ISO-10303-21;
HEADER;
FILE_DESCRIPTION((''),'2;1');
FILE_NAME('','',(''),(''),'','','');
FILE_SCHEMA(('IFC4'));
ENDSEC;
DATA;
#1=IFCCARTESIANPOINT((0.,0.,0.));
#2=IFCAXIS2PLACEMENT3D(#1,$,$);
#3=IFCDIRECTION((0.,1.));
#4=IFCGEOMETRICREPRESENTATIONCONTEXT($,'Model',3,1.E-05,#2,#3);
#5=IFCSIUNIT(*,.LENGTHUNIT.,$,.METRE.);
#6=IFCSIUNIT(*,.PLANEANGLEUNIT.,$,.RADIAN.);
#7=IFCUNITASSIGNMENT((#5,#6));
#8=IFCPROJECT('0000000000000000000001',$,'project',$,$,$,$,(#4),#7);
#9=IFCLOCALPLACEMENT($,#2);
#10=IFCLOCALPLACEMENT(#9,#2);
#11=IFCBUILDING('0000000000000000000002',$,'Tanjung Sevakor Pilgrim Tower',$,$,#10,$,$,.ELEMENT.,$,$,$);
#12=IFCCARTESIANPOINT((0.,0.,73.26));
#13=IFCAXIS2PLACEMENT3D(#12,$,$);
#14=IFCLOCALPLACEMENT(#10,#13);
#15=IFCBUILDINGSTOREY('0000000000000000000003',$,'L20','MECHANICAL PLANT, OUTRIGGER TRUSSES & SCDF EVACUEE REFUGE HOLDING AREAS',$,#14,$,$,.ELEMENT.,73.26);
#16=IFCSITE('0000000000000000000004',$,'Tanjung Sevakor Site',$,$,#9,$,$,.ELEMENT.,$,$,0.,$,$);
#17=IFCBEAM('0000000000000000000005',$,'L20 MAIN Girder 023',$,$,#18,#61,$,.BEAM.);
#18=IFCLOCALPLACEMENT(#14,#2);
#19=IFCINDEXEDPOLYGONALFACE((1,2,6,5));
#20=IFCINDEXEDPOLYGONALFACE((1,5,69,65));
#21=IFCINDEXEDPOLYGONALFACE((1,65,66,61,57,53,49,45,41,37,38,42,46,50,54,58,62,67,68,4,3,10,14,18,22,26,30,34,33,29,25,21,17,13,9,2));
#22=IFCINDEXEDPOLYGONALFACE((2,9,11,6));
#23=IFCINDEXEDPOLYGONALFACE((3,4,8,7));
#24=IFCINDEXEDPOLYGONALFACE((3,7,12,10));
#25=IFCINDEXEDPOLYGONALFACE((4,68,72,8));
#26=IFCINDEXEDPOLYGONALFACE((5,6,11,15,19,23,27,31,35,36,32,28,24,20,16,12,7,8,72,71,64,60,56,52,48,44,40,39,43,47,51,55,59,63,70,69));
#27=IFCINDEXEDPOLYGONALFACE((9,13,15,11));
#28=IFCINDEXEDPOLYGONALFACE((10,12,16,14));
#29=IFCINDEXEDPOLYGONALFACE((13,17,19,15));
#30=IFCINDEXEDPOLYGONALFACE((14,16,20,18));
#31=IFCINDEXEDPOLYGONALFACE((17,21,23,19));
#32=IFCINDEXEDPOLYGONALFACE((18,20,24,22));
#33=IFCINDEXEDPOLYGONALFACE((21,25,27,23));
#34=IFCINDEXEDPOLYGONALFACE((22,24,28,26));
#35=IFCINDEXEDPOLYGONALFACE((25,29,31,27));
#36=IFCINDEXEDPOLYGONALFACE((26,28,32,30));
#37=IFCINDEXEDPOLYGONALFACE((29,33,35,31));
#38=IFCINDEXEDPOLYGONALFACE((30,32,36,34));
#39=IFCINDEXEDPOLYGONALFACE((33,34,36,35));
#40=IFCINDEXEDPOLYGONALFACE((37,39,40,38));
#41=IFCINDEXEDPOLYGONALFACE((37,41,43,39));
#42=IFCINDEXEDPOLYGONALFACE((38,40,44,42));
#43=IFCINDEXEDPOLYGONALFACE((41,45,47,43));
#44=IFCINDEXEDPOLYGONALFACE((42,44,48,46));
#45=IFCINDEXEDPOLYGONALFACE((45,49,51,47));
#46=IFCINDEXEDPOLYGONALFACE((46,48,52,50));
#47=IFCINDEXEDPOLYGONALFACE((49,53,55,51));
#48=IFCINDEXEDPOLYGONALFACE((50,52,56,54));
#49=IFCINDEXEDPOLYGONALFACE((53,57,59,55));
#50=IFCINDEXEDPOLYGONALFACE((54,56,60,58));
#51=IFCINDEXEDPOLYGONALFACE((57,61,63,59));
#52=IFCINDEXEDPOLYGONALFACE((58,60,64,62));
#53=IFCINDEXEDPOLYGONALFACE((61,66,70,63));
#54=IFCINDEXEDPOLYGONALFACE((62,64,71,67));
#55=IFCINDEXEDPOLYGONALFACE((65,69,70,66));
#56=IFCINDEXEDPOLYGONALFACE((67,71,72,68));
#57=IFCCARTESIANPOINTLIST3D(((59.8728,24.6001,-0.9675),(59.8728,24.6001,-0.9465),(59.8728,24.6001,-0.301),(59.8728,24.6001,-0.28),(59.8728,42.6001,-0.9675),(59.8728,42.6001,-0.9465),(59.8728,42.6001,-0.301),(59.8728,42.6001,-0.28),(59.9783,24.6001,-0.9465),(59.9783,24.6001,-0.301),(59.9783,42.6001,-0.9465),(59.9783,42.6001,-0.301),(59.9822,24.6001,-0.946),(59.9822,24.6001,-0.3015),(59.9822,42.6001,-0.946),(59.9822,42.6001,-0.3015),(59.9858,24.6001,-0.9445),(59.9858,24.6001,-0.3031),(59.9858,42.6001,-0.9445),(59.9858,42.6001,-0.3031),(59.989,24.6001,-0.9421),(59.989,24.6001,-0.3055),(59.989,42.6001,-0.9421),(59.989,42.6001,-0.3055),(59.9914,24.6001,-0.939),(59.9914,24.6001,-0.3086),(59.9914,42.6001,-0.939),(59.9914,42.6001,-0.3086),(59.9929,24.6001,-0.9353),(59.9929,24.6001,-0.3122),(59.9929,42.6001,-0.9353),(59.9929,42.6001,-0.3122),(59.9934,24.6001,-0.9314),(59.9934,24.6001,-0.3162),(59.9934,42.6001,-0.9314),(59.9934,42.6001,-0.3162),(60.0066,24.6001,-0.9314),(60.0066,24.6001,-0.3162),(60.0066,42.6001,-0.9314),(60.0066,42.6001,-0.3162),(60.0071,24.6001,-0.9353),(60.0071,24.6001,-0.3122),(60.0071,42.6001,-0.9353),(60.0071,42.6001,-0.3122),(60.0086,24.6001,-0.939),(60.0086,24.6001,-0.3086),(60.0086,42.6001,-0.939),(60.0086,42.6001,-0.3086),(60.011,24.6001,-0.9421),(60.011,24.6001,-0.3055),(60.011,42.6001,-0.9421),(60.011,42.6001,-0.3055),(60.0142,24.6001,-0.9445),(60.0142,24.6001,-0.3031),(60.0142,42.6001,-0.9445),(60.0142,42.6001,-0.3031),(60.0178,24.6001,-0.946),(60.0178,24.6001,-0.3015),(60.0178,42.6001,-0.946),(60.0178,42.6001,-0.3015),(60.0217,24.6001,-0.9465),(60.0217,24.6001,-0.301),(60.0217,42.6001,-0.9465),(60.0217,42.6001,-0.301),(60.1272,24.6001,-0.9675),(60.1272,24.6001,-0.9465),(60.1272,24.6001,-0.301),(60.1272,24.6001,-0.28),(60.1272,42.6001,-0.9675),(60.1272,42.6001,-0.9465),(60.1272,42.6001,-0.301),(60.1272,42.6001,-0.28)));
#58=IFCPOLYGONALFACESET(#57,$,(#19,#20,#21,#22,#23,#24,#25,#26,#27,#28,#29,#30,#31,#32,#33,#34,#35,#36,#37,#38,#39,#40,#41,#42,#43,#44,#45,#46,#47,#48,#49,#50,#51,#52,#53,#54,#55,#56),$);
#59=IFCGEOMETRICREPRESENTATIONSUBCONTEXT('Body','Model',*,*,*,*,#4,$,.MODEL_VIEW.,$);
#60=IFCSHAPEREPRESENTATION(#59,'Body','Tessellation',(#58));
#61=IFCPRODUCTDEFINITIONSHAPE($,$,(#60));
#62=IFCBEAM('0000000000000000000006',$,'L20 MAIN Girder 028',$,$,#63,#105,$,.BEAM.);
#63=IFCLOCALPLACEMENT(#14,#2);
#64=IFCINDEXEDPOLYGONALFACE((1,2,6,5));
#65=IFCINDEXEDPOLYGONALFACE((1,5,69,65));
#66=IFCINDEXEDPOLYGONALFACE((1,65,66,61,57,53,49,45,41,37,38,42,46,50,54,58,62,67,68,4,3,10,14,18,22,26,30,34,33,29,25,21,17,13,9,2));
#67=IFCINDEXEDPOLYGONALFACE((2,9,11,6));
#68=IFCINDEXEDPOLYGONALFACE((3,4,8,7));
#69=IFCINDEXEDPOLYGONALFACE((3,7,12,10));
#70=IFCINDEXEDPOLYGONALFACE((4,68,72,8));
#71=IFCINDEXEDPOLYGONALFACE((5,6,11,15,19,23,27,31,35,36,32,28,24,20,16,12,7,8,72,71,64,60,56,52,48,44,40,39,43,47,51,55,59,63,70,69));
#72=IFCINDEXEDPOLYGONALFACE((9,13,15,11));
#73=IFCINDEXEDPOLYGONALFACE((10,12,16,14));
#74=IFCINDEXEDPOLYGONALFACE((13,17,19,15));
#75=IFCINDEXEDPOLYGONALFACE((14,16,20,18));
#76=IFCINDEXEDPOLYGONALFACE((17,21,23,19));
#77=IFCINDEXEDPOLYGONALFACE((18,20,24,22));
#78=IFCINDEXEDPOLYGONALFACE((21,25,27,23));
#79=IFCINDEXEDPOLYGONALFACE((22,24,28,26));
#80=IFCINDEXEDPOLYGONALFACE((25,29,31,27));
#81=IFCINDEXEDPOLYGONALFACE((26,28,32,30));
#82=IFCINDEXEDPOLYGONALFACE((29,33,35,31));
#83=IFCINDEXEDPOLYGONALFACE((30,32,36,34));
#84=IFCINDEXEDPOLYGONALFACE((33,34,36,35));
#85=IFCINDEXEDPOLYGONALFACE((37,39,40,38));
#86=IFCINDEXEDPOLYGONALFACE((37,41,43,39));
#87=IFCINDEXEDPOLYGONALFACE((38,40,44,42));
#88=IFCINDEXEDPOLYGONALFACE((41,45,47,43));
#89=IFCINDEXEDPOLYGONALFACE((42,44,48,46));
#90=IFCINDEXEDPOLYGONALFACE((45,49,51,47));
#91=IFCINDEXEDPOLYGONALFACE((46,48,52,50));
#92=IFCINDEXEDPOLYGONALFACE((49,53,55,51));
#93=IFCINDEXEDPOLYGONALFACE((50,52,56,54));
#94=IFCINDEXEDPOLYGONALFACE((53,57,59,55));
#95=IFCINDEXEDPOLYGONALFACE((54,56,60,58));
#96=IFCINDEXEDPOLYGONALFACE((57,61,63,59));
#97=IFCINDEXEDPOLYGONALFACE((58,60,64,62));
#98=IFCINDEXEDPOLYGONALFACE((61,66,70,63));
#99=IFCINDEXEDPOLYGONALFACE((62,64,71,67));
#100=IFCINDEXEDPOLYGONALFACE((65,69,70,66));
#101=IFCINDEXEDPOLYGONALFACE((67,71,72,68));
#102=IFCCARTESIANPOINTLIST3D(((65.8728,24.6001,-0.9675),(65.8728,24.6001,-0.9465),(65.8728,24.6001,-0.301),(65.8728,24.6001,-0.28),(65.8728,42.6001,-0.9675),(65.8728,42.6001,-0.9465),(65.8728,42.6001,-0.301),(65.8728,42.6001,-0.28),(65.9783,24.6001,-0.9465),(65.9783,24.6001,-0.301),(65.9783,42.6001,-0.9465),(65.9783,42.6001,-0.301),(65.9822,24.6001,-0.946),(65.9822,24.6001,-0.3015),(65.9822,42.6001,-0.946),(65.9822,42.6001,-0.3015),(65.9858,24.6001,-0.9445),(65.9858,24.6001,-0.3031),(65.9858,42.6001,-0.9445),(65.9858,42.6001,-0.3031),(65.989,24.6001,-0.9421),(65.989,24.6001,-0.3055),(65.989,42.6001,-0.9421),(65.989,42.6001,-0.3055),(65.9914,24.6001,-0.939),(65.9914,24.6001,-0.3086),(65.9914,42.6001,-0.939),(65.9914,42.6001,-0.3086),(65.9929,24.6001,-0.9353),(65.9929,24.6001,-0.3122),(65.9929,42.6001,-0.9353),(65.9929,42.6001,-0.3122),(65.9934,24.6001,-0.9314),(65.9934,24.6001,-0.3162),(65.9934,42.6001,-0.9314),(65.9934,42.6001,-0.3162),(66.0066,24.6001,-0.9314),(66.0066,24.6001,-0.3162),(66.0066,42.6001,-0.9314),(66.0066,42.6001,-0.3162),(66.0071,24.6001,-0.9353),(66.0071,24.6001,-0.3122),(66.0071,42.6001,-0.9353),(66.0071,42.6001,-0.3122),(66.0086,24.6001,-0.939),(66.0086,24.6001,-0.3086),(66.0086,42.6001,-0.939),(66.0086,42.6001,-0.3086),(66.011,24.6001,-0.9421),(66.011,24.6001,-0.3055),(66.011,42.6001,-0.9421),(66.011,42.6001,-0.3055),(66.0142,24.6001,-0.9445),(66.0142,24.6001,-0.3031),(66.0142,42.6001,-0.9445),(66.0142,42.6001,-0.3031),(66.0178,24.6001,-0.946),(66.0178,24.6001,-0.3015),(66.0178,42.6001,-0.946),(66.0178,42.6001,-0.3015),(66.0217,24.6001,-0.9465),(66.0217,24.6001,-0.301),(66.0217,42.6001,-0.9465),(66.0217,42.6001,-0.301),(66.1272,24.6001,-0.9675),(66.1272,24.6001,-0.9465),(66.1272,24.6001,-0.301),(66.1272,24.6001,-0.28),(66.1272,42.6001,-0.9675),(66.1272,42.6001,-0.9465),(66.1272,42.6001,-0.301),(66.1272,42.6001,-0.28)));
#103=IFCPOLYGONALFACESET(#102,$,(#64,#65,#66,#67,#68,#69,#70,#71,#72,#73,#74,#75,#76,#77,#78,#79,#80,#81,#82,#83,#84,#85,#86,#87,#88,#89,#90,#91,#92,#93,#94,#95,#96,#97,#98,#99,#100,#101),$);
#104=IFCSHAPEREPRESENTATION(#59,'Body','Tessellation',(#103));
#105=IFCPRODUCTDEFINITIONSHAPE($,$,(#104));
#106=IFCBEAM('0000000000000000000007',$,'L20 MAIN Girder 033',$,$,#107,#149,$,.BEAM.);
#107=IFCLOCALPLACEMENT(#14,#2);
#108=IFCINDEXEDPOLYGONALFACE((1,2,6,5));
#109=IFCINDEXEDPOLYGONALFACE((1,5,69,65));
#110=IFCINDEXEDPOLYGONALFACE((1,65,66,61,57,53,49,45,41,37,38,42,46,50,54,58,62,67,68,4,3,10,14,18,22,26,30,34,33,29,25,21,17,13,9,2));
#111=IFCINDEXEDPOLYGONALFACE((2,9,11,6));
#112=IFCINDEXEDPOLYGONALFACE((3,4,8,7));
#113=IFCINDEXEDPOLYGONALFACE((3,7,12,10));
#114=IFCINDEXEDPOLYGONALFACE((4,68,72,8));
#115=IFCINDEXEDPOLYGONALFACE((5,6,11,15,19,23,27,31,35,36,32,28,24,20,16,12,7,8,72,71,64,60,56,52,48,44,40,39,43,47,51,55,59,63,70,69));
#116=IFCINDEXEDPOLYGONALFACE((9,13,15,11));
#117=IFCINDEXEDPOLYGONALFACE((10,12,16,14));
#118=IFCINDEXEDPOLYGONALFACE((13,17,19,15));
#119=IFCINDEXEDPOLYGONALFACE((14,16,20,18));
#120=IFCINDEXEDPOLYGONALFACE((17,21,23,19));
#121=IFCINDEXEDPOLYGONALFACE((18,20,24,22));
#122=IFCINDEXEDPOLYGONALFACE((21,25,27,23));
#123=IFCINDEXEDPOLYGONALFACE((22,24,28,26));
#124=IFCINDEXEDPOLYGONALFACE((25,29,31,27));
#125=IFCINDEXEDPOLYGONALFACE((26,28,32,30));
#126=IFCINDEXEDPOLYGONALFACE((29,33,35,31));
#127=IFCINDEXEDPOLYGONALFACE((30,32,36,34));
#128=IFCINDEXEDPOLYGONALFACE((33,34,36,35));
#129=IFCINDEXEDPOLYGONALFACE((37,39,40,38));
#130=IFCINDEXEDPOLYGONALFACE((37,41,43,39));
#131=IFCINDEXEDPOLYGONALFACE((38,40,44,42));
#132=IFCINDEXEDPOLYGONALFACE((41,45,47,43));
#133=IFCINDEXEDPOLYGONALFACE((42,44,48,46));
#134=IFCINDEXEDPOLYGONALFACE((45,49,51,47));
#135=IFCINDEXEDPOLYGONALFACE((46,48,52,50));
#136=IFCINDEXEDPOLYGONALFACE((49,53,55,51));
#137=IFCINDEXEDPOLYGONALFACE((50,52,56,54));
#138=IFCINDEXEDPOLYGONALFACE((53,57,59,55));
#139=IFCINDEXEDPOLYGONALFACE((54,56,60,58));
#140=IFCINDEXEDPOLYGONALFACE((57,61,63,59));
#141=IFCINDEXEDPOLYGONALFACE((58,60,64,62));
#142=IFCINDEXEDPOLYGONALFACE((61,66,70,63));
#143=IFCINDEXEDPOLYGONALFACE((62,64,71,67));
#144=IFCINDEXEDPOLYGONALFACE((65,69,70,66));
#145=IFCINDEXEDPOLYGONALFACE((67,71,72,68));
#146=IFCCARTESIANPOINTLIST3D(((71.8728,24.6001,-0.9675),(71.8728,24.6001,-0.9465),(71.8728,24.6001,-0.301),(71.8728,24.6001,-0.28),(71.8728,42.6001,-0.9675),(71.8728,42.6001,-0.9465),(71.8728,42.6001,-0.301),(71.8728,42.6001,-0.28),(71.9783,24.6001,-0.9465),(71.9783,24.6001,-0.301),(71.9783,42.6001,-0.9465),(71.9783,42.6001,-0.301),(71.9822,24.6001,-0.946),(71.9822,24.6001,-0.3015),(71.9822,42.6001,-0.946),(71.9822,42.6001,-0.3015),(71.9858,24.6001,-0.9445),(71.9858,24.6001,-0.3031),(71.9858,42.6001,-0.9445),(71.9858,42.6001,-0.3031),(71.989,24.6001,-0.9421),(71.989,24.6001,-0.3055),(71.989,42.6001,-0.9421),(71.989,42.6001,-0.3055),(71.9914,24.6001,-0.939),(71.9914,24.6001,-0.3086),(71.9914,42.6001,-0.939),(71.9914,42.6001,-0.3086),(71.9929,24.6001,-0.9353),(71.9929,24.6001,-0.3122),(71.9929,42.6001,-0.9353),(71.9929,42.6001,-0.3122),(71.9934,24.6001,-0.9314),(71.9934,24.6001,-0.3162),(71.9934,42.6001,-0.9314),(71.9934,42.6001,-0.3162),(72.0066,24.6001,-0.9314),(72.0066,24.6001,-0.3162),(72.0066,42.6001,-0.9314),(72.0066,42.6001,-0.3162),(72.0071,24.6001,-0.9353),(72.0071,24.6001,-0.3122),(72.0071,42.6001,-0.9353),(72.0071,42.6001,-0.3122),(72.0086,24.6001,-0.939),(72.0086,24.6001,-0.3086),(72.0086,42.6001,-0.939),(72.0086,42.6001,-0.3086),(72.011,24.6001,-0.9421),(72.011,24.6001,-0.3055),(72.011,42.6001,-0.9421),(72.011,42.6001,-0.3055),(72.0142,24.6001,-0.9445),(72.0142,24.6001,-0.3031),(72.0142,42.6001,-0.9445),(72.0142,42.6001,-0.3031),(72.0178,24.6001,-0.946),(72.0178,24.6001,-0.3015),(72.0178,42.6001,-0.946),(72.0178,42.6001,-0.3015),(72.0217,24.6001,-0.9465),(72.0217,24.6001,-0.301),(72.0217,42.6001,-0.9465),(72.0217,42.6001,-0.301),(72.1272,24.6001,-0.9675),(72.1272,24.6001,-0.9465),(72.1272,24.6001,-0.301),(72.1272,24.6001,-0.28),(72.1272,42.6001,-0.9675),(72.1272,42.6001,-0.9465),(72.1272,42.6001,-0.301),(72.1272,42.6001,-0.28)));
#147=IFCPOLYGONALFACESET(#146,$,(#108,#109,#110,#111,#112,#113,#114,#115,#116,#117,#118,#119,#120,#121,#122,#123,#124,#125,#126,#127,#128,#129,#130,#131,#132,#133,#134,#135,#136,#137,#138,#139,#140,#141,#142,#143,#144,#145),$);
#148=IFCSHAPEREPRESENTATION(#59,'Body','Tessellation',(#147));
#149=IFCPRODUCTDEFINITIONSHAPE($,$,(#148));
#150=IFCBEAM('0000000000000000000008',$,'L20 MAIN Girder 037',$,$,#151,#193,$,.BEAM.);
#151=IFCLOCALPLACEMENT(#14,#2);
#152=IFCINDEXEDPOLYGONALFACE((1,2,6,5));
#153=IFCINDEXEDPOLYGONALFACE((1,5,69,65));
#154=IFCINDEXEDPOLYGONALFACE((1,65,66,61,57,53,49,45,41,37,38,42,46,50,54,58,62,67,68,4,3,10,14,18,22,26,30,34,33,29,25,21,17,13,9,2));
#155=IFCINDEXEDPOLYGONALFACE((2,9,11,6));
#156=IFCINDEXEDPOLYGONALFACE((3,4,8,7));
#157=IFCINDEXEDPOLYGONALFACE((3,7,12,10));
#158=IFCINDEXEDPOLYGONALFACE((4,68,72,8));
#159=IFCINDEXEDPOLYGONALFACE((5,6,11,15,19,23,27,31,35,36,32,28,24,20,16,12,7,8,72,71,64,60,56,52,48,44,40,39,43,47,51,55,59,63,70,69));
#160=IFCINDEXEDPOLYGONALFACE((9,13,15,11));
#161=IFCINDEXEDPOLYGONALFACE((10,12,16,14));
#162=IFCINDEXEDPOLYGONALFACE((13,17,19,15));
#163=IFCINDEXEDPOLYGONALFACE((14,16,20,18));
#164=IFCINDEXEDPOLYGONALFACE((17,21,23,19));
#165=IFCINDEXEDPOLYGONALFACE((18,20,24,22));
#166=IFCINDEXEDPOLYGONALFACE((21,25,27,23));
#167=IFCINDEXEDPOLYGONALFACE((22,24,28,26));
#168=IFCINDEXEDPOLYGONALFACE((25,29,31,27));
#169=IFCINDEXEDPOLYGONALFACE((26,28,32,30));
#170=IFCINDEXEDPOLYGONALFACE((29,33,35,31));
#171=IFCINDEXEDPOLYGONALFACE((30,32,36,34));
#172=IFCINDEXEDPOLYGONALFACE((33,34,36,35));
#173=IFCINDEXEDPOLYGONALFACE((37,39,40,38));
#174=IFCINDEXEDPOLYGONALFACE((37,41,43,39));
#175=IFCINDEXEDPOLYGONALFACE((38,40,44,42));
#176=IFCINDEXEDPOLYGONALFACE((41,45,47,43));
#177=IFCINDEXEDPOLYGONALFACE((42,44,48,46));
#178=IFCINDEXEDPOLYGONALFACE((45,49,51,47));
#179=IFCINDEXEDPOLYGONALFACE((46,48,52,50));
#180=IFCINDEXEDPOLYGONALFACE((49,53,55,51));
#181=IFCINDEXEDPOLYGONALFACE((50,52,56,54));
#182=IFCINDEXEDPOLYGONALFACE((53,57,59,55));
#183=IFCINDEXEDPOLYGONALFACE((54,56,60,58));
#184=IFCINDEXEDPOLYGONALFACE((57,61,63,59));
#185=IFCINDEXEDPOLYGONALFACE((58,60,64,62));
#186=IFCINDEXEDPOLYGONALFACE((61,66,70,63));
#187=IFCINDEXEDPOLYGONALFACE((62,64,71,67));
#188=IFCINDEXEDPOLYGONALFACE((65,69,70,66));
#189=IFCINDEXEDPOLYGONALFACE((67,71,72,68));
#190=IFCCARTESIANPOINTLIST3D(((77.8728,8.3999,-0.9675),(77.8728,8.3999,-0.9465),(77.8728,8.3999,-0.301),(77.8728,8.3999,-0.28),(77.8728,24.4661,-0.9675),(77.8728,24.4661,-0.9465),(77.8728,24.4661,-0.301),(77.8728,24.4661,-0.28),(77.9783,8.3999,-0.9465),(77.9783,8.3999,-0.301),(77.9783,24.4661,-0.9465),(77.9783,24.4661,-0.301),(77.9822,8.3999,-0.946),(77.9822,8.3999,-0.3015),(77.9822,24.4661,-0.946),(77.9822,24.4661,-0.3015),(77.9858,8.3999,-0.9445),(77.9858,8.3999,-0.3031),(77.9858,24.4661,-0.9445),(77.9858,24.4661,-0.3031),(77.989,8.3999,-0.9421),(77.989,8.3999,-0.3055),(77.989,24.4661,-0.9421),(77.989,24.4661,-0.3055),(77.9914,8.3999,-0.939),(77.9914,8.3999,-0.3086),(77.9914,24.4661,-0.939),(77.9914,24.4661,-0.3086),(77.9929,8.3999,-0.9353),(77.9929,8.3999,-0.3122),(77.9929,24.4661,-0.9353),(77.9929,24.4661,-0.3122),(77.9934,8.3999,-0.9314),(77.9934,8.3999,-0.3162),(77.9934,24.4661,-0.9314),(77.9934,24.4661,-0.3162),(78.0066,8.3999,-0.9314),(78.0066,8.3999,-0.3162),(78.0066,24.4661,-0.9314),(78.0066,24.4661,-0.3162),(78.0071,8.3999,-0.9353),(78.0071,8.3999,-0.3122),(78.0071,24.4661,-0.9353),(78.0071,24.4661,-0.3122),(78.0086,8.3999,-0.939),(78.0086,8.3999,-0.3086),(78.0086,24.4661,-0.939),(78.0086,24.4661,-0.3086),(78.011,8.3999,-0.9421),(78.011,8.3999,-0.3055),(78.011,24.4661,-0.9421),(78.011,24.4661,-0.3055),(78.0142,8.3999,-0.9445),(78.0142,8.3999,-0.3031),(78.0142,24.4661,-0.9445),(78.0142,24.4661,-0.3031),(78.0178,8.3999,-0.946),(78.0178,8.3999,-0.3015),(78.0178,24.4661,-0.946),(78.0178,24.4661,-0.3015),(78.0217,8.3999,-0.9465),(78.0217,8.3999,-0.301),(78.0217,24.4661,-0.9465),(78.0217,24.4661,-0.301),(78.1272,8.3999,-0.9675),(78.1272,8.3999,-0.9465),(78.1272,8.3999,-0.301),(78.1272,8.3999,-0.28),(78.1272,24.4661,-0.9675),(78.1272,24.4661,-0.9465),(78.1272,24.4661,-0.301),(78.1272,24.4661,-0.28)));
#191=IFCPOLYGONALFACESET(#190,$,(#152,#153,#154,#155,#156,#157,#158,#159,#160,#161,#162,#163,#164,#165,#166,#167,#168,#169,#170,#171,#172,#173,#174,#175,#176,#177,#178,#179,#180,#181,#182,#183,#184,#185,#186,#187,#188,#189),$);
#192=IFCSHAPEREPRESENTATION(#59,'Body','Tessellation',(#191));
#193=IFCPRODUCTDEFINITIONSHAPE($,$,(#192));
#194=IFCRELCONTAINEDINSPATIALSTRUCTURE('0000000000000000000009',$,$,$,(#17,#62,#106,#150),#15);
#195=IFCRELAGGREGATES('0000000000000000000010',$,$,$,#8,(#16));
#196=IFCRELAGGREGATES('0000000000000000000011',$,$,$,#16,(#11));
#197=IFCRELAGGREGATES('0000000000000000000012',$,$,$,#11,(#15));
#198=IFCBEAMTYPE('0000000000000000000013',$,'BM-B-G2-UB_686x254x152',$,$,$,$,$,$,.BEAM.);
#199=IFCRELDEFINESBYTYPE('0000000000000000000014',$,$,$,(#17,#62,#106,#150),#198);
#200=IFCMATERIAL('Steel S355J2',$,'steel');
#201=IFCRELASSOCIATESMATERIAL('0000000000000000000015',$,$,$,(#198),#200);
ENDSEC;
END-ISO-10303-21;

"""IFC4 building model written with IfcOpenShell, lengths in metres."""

from ifc_helpers import new_model, si_unit, direction, frame, origin, origin_2d, place, context, subcontext, project, spatial, i_section, extrude, material, material_profile, profile_set, type_object, element, save


model = new_model("IFC4")

# Units and contexts
model_context = context("Model", 3, precision=1e-05, world=origin(), true_north=direction((0.0, 1.0)))
body_context = subcontext(model_context, "Body", "Model", "MODEL_VIEW")
ifc_project = project(units=[si_unit("LENGTHUNIT", "METRE"), si_unit("PLANEANGLEUNIT", "RADIAN")], contexts=[model_context])

# Site, building, storey
site_placement = place(None, origin())
site = spatial("IfcSite", under=ifc_project, at=site_placement, Name="Tanjung Sevakor Site", CompositionType="ELEMENT", RefElevation=0.0)
building_placement = place(site_placement, origin())
building = spatial("IfcBuilding", under=site, at=building_placement, Name="Tanjung Sevakor Pilgrim Tower", CompositionType="ELEMENT")
storey_placement = place(building_placement, frame((0.0, 0.0, 73.26)))
storey = spatial("IfcBuildingStorey", under=building, at=storey_placement, Name="L20", Description="MECHANICAL PLANT, OUTRIGGER TRUSSES & SCDF EVACUEE REFUGE HOLDING AREAS", CompositionType="ELEMENT", Elevation=73.26)

# Beams
ifc_material_1 = material(Name="Steel S355J2", Category="steel")
ifc_material_profile_1 = material_profile(ifc_material_1, i_section(OverallWidth=0.2544, OverallDepth=0.6875, WebThickness=0.0132, FlangeThickness=0.021, FilletRadius=0.0151, at=origin_2d()))
ifc_profile_set_1 = profile_set([ifc_material_profile_1], Name="Steel S355J2")
beam_type_1 = type_object("IfcBeamType", Name="BM-B-G2-UB_686x254x152", PredefinedType="BEAM", material=ifc_profile_set_1)
for number, where, z_axis, x_axis, name in (
    (1, (60.0, 24.6001, -0.6238), (0.0, 1.0, 0.0), (-1.0, 0.0, 0.0), "L20 MAIN Girder 023"),
    (2, (66.0, 24.6001, -0.6238), (0.0, 1.0, 0.0), (-1.0, 0.0, 0.0), "L20 MAIN Girder 028"),
    (3, (72.0, 24.6001, -0.6238), (0.0, 1.0, 0.0), (-1.0, 0.0, 0.0), "L20 MAIN Girder 033"),
):
    element("IfcBeam", number, at=place(storey_placement, frame(where, z_axis=z_axis, x_axis=x_axis)), inside=storey, type_object=beam_type_1, Name=name, PredefinedType="BEAM", context=body_context, shape_type="SweptSolid", body=[
        extrude(i_section(OverallWidth=0.2544, OverallDepth=0.6875, WebThickness=0.0132, FlangeThickness=0.021, FilletRadius=0.0151, at=origin_2d()), origin(), (0.0, 0.0, 1.0), 18.0),
    ])
beam_1_placement = place(storey_placement, frame((78.0, 8.3999, -0.6238), z_axis=(0.0, 1.0, 0.0), x_axis=(-1.0, 0.0, 0.0)))
element("IfcBeam", 4, at=beam_1_placement, inside=storey, type_object=beam_type_1, Name="L20 MAIN Girder 037", PredefinedType="BEAM", context=body_context, shape_type="SweptSolid", body=[
    extrude(i_section(OverallWidth=0.2544, OverallDepth=0.6875, WebThickness=0.0132, FlangeThickness=0.021, FilletRadius=0.0151, at=origin_2d()), origin(), (0.0, 0.0, 1.0), 16.0662),
])

save(model, "model.ifc")
